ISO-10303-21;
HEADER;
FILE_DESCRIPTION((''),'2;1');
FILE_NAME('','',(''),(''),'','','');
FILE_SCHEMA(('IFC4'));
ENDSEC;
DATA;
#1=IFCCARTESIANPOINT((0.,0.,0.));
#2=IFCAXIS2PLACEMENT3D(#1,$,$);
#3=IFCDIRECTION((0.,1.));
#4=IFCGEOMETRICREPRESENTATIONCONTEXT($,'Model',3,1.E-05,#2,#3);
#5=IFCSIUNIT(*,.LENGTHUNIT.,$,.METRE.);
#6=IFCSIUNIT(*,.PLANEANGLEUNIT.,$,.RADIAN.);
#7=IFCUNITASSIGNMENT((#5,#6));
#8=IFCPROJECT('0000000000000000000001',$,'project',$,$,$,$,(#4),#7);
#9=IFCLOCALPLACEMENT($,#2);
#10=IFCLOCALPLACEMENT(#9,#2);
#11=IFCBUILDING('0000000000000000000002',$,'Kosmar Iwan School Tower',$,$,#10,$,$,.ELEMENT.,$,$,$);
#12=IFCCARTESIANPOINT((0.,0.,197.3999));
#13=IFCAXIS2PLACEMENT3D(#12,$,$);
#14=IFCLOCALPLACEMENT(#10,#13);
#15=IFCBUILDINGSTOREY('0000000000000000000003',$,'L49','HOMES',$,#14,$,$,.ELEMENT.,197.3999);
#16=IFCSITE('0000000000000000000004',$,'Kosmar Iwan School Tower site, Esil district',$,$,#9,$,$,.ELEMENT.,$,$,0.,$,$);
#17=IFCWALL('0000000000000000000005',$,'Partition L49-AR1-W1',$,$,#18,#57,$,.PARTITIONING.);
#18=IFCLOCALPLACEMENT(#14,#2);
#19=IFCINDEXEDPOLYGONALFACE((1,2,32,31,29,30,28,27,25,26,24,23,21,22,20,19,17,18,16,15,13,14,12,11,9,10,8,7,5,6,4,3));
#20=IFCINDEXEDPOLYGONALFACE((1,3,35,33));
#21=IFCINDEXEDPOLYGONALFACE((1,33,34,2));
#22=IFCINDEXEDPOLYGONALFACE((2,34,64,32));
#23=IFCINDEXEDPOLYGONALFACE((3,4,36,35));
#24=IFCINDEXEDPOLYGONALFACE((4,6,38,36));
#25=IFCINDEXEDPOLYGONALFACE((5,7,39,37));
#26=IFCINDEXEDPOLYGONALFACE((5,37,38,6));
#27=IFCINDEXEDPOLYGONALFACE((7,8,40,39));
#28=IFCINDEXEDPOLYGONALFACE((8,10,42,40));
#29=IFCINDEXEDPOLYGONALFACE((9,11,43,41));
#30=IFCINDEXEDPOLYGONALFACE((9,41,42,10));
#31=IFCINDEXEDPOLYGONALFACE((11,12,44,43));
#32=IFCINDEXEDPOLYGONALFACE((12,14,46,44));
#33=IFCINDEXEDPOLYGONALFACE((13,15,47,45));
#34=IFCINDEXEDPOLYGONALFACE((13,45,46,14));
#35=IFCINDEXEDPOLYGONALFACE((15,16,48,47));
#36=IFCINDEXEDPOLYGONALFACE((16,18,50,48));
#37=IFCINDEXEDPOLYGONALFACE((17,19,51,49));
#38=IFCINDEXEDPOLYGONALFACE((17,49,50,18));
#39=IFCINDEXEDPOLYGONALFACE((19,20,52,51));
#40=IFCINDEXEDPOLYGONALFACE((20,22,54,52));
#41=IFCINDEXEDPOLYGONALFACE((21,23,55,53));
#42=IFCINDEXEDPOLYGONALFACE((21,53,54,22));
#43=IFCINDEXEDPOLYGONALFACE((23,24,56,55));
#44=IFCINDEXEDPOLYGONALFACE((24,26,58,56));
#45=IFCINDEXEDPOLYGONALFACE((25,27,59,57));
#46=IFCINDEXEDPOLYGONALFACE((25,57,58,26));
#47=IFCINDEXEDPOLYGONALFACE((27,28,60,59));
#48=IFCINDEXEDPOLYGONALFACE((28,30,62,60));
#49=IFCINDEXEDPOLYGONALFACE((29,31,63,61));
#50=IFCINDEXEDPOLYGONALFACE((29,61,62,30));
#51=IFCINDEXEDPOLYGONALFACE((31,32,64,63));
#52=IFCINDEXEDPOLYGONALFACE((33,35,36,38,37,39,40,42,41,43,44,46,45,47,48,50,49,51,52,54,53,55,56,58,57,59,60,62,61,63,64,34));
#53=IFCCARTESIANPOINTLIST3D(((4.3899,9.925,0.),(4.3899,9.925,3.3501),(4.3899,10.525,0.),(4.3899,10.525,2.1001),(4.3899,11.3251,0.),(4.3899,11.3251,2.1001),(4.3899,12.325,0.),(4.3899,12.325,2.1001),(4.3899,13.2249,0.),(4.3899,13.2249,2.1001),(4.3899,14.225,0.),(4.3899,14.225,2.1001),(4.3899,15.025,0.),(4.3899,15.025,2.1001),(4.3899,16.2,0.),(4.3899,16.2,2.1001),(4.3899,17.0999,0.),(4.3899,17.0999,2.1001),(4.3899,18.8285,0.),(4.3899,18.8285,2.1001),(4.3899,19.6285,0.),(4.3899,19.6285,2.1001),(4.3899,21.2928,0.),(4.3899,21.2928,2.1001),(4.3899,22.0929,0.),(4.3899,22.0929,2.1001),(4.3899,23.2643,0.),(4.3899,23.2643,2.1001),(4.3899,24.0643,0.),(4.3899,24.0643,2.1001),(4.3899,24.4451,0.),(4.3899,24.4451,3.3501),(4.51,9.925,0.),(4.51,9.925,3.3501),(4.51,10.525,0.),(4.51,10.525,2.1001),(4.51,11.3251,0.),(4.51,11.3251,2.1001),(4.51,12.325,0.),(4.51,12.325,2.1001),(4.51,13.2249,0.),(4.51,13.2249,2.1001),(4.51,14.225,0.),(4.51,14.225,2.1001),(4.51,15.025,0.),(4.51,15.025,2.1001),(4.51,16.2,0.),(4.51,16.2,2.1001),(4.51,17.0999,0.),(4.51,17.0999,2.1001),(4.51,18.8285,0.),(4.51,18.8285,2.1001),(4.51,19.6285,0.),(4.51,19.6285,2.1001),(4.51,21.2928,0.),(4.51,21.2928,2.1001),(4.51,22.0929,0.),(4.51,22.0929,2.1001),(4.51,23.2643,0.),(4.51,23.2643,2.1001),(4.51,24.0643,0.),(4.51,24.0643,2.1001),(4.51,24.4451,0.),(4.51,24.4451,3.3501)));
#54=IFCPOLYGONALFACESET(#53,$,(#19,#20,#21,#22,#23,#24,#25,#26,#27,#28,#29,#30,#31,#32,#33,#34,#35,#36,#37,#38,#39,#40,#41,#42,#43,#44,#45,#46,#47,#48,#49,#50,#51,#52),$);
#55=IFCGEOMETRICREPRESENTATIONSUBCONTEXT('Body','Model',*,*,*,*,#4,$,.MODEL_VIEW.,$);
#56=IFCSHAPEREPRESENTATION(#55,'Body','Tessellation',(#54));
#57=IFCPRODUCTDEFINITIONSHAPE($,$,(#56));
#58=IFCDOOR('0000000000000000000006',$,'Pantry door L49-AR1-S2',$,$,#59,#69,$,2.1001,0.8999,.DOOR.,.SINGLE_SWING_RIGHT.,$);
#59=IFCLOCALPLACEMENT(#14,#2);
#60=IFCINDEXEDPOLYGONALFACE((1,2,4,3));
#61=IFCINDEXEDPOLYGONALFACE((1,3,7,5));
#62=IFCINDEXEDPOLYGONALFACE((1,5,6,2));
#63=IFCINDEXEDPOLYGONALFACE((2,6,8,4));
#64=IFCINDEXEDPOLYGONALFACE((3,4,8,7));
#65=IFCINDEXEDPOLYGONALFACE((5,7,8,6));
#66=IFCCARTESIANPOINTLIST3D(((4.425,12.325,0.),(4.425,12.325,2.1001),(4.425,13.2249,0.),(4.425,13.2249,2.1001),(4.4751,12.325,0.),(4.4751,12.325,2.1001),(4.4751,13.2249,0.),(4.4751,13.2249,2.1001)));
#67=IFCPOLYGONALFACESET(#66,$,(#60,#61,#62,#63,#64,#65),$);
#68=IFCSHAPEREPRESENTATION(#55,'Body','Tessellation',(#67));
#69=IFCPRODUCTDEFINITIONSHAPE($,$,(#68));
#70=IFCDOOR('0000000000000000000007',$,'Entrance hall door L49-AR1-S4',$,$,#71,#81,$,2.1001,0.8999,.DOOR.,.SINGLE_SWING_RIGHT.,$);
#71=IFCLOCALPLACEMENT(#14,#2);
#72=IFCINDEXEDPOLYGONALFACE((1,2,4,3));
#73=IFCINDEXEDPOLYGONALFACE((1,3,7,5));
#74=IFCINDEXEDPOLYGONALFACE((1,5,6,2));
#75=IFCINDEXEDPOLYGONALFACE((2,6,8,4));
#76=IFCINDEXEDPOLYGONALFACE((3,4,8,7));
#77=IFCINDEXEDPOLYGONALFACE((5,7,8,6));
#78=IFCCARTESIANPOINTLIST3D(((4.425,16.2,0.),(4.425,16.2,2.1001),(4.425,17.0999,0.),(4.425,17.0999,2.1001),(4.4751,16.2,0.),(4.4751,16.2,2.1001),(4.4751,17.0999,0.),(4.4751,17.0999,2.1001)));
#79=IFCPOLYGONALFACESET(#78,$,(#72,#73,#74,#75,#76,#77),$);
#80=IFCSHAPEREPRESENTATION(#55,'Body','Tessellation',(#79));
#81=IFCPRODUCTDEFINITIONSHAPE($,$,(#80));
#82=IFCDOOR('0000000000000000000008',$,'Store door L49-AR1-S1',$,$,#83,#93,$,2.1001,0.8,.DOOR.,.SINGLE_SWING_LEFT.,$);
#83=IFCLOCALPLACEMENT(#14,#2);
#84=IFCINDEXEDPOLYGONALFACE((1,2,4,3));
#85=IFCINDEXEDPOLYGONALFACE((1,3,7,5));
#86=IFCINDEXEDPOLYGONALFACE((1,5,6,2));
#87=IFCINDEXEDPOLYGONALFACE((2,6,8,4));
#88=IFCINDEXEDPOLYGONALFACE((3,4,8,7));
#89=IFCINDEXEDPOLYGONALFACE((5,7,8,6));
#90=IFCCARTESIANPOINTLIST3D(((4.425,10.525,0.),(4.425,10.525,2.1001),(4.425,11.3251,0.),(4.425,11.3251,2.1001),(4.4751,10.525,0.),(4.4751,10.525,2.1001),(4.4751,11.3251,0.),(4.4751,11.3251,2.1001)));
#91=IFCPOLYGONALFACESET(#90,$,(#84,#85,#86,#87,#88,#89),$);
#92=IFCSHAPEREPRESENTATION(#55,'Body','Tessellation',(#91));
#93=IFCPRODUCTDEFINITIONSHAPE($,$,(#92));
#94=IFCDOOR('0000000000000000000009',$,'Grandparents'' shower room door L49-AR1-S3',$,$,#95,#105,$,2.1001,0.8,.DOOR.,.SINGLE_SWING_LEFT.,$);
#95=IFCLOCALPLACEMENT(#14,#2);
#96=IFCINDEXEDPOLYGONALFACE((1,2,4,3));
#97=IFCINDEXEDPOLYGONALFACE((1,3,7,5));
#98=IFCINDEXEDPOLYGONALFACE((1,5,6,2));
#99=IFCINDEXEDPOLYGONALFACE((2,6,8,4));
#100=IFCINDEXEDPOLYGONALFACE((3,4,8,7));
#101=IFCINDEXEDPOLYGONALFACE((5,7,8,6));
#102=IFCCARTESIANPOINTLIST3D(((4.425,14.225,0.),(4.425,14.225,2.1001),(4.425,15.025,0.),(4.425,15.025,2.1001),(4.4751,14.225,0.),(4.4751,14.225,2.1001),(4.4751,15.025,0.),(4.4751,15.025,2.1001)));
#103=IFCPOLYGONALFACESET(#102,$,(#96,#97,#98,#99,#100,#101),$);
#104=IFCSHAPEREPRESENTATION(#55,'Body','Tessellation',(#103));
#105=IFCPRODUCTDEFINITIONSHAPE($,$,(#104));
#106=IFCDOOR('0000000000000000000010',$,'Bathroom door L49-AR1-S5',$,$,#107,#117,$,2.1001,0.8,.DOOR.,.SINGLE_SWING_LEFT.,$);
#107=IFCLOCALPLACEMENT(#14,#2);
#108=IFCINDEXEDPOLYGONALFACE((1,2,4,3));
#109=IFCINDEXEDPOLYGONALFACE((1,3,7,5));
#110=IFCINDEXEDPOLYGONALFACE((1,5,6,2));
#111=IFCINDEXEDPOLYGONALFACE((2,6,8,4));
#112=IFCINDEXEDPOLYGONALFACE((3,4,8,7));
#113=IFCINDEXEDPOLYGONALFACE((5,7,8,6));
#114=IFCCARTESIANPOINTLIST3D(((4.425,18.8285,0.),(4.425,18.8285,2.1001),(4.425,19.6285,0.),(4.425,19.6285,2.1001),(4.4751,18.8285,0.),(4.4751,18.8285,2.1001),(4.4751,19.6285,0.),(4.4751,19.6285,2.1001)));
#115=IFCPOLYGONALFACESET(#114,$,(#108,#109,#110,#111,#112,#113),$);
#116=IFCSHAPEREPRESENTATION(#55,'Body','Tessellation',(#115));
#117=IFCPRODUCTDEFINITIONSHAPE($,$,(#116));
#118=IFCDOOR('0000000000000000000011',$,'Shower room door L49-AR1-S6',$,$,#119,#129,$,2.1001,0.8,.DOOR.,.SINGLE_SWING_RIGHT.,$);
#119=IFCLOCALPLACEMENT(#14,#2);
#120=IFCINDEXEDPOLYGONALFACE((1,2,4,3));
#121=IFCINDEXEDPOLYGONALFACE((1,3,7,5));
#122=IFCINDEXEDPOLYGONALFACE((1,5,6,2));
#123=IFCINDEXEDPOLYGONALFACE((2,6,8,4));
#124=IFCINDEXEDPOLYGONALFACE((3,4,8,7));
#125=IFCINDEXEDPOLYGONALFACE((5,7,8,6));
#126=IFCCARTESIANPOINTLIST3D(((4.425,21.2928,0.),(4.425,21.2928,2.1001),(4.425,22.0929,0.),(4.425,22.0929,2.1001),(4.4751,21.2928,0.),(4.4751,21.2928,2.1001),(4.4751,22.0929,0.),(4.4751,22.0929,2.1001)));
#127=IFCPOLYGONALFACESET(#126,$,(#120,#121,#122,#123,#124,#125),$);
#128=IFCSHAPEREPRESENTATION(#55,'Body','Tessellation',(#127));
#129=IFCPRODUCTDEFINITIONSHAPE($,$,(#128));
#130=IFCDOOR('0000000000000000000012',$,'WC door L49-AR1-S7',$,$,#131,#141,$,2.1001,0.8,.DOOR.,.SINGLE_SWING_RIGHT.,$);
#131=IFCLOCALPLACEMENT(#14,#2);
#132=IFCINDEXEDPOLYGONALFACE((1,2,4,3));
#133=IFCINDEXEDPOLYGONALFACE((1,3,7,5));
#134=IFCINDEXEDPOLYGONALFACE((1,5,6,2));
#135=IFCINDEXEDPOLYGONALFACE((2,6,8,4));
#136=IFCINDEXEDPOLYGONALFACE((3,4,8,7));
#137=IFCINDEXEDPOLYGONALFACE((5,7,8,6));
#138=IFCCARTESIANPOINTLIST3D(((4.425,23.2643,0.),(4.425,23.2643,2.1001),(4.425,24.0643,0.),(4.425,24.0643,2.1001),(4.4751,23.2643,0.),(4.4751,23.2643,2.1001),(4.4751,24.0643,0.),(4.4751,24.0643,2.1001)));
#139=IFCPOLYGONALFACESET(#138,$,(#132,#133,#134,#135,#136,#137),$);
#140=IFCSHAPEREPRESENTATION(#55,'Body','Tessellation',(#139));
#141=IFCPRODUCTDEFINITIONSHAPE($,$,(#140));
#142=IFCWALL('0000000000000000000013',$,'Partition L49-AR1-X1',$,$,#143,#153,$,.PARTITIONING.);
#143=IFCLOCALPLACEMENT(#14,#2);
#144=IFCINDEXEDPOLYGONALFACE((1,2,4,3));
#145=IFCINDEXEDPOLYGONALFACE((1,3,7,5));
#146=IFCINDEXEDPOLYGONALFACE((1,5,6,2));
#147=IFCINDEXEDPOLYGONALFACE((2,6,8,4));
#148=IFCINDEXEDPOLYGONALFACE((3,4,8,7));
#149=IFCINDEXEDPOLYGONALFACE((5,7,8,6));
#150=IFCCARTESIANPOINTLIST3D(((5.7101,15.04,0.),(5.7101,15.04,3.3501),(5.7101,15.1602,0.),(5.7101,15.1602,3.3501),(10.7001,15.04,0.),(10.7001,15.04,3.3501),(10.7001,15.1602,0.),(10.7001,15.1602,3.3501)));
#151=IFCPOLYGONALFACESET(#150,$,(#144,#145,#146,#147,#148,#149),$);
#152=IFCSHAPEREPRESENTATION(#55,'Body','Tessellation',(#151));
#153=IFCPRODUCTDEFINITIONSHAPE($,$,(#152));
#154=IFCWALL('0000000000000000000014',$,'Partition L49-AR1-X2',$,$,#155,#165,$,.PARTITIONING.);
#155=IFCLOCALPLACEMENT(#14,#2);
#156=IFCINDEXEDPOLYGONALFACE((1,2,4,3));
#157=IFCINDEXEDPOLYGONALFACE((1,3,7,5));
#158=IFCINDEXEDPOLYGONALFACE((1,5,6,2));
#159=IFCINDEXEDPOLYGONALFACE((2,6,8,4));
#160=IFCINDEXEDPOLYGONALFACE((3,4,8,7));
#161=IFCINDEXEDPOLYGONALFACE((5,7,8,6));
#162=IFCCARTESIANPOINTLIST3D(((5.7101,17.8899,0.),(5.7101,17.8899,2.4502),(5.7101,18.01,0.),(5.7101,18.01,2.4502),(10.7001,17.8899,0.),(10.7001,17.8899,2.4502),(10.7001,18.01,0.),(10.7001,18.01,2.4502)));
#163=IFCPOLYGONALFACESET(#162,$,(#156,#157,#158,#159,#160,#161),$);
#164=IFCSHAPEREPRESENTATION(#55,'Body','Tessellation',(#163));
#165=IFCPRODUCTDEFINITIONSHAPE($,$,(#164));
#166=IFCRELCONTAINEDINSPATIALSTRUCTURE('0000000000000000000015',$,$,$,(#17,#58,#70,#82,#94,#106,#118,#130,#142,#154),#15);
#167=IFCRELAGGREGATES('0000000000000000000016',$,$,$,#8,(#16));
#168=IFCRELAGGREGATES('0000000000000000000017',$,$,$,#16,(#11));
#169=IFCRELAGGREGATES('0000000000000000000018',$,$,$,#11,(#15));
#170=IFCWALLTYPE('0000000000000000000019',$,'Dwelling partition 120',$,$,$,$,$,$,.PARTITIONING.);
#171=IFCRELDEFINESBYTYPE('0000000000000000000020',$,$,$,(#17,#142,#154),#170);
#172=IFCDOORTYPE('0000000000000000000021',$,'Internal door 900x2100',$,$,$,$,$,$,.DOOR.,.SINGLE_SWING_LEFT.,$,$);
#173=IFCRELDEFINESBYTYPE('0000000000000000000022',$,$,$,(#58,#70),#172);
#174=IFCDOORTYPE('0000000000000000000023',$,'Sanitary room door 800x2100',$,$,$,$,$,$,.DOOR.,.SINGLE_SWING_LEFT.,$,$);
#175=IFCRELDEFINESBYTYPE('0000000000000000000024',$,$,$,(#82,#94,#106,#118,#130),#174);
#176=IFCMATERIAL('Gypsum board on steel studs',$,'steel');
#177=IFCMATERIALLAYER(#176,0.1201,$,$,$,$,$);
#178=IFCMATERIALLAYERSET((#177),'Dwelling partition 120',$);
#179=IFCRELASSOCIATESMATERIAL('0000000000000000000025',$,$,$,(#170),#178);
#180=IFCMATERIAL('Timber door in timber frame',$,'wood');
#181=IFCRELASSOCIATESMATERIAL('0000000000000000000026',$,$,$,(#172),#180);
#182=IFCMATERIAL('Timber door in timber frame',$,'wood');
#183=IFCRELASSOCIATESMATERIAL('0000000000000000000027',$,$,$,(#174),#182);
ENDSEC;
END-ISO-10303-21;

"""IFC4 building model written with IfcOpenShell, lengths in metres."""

from ifc_helpers import new_model, si_unit, direction, frame, frame_2d, origin, place, context, subcontext, project, spatial, rectangle, extrude, material, layer, layer_set, type_object, element, fill, save


model = new_model("IFC4")

# Units and contexts
model_context = context("Model", 3, precision=1e-05, world=origin(), true_north=direction((0.0, 1.0)))
body_context = subcontext(model_context, "Body", "Model", "MODEL_VIEW")
ifc_project = project(units=[si_unit("LENGTHUNIT", "METRE"), si_unit("PLANEANGLEUNIT", "RADIAN")], contexts=[model_context])

# Site, building, storey
site_placement = place(None, origin())
site = spatial("IfcSite", under=ifc_project, at=site_placement, Name="Kosmar Iwan School Tower site, Esil district", CompositionType="ELEMENT", RefElevation=0.0)
building_placement = place(site_placement, origin())
building = spatial("IfcBuilding", under=site, at=building_placement, Name="Kosmar Iwan School Tower", CompositionType="ELEMENT")
storey_placement = place(building_placement, frame((0.0, 0.0, 197.3999)))
storey = spatial("IfcBuildingStorey", under=building, at=storey_placement, Name="L49", Description="HOMES", CompositionType="ELEMENT", Elevation=197.3999)

# Wall, openings, doors
ifc_material_1 = material(Name="Gypsum board on steel studs", Category="steel")
ifc_layer = layer(ifc_material_1, 0.1201)
ifc_layer_set = layer_set([ifc_layer], Name="Dwelling partition 120")
wall_type = type_object("IfcWallType", Name="Dwelling partition 120", PredefinedType="PARTITIONING", material=ifc_layer_set)
wall_1_placement = place(storey_placement, frame((4.45, 9.925, 0.0), z_axis=(0.0, 0.0, 1.0), x_axis=(0.0, 1.0, 0.0)))
wall_1 = element("IfcWall", 1, at=wall_1_placement, inside=storey, type_object=wall_type, Name="Partition L49-AR1-W1", PredefinedType="PARTITIONING", context=body_context, shape_type="SweptSolid", body=[
    extrude(rectangle(XDim=14.52, YDim=0.1201, at=frame_2d((7.26, 0.0))), origin(), (0.0, 0.0, 1.0), 3.3501),
])
opening_1_placement = place(wall_1_placement, frame((0.6001, 0.0, 0.0)))
opening_1 = element("IfcOpeningElement", 2, at=opening_1_placement, cuts=wall_1, PredefinedType="OPENING", context=body_context, shape_type="SweptSolid", body=[
    extrude(rectangle(XDim=0.8, YDim=2.1001, at=frame_2d((0.3999, 1.05))), frame((0.0, 0.072, 0.0), z_axis=(0.0, -1.0, 0.0), x_axis=(1.0, 0.0, 0.0)), (0.0, 0.0, 1.0), 0.144),
])
opening_2_placement = place(wall_1_placement, frame((2.3999, 0.0, 0.0)))
opening_2 = element("IfcOpeningElement", 3, at=opening_2_placement, cuts=wall_1, PredefinedType="OPENING", context=body_context, shape_type="SweptSolid", body=[
    extrude(rectangle(XDim=0.8999, YDim=2.1001, at=frame_2d((0.45, 1.05))), frame((0.0, 0.072, 0.0), z_axis=(0.0, -1.0, 0.0), x_axis=(1.0, 0.0, 0.0)), (0.0, 0.0, 1.0), 0.144),
])
opening_3_placement = place(wall_1_placement, frame((4.3, 0.0, 0.0)))
opening_3 = element("IfcOpeningElement", 4, at=opening_3_placement, cuts=wall_1, PredefinedType="OPENING", context=body_context, shape_type="SweptSolid", body=[
    extrude(rectangle(XDim=0.8, YDim=2.1001, at=frame_2d((0.3999, 1.05))), frame((0.0, 0.072, 0.0), z_axis=(0.0, -1.0, 0.0), x_axis=(1.0, 0.0, 0.0)), (0.0, 0.0, 1.0), 0.144),
])
opening_4_placement = place(wall_1_placement, frame((6.2749, 0.0, 0.0)))
opening_4 = element("IfcOpeningElement", 5, at=opening_4_placement, cuts=wall_1, PredefinedType="OPENING", context=body_context, shape_type="SweptSolid", body=[
    extrude(rectangle(XDim=0.8999, YDim=2.1001, at=frame_2d((0.45, 1.05))), frame((0.0, 0.072, 0.0), z_axis=(0.0, -1.0, 0.0), x_axis=(1.0, 0.0, 0.0)), (0.0, 0.0, 1.0), 0.144),
])
opening_5_placement = place(wall_1_placement, frame((8.9036, 0.0, 0.0)))
opening_5 = element("IfcOpeningElement", 6, at=opening_5_placement, cuts=wall_1, PredefinedType="OPENING", context=body_context, shape_type="SweptSolid", body=[
    extrude(rectangle(XDim=0.8, YDim=2.1001, at=frame_2d((0.3999, 1.05))), frame((0.0, 0.072, 0.0), z_axis=(0.0, -1.0, 0.0), x_axis=(1.0, 0.0, 0.0)), (0.0, 0.0, 1.0), 0.144),
])
opening_6_placement = place(wall_1_placement, frame((11.3679, 0.0, 0.0)))
opening_6 = element("IfcOpeningElement", 7, at=opening_6_placement, cuts=wall_1, PredefinedType="OPENING", context=body_context, shape_type="SweptSolid", body=[
    extrude(rectangle(XDim=0.8, YDim=2.1001, at=frame_2d((0.3999, 1.05))), frame((0.0, 0.072, 0.0), z_axis=(0.0, -1.0, 0.0), x_axis=(1.0, 0.0, 0.0)), (0.0, 0.0, 1.0), 0.144),
])
opening_7_placement = place(wall_1_placement, frame((13.3394, 0.0, 0.0)))
opening_7 = element("IfcOpeningElement", 8, at=opening_7_placement, cuts=wall_1, PredefinedType="OPENING", context=body_context, shape_type="SweptSolid", body=[
    extrude(rectangle(XDim=0.8, YDim=2.1001, at=frame_2d((0.3999, 1.05))), frame((0.0, 0.072, 0.0), z_axis=(0.0, -1.0, 0.0), x_axis=(1.0, 0.0, 0.0)), (0.0, 0.0, 1.0), 0.144),
])
ifc_material_2 = material(Name="Timber door in timber frame", Category="wood")
door_type_1 = type_object("IfcDoorType", Name="Internal door 900x2100", OperationType="SINGLE_SWING_LEFT", PredefinedType="DOOR", material=ifc_material_2)
door_1_placement = place(opening_2_placement, origin())
door_1 = element("IfcDoor", 9, at=door_1_placement, inside=storey, type_object=door_type_1, Name="Pantry door L49-AR1-S2", OperationType="SINGLE_SWING_RIGHT", OverallHeight=2.1001, OverallWidth=0.8999, PredefinedType="DOOR", context=body_context, shape_type="SweptSolid", body=[
    extrude(rectangle(XDim=0.8999, YDim=2.1001, at=frame_2d((0.45, 1.05))), frame((0.0, 0.0249, 0.0), z_axis=(0.0, -1.0, 0.0), x_axis=(1.0, 0.0, 0.0)), (0.0, 0.0, 1.0), 0.05),
])
fill(opening_2, door_1)
door_2_placement = place(opening_4_placement, origin())
door_2 = element("IfcDoor", 10, at=door_2_placement, inside=storey, type_object=door_type_1, Name="Entrance hall door L49-AR1-S4", OperationType="SINGLE_SWING_RIGHT", OverallHeight=2.1001, OverallWidth=0.8999, PredefinedType="DOOR", context=body_context, shape_type="SweptSolid", body=[
    extrude(rectangle(XDim=0.8999, YDim=2.1001, at=frame_2d((0.45, 1.05))), frame((0.0, 0.0249, 0.0), z_axis=(0.0, -1.0, 0.0), x_axis=(1.0, 0.0, 0.0)), (0.0, 0.0, 1.0), 0.05),
])
fill(opening_4, door_2)
ifc_material_3 = material(Name="Timber door in timber frame", Category="wood")
door_type_2 = type_object("IfcDoorType", Name="Sanitary room door 800x2100", OperationType="SINGLE_SWING_LEFT", PredefinedType="DOOR", material=ifc_material_3)
door_3_placement = place(opening_1_placement, origin())
door_3 = element("IfcDoor", 11, at=door_3_placement, inside=storey, type_object=door_type_2, Name="Store door L49-AR1-S1", OperationType="SINGLE_SWING_LEFT", OverallHeight=2.1001, OverallWidth=0.8, PredefinedType="DOOR", context=body_context, shape_type="SweptSolid", body=[
    extrude(rectangle(XDim=0.8, YDim=2.1001, at=frame_2d((0.3999, 1.05))), frame((0.0, 0.0249, 0.0), z_axis=(0.0, -1.0, 0.0), x_axis=(1.0, 0.0, 0.0)), (0.0, 0.0, 1.0), 0.05),
])
fill(opening_1, door_3)
door_4_placement = place(opening_3_placement, origin())
door_4 = element("IfcDoor", 12, at=door_4_placement, inside=storey, type_object=door_type_2, Name="Grandparents' shower room door L49-AR1-S3", OperationType="SINGLE_SWING_LEFT", OverallHeight=2.1001, OverallWidth=0.8, PredefinedType="DOOR", context=body_context, shape_type="SweptSolid", body=[
    extrude(rectangle(XDim=0.8, YDim=2.1001, at=frame_2d((0.3999, 1.05))), frame((0.0, 0.0249, 0.0), z_axis=(0.0, -1.0, 0.0), x_axis=(1.0, 0.0, 0.0)), (0.0, 0.0, 1.0), 0.05),
])
fill(opening_3, door_4)
door_5_placement = place(opening_5_placement, origin())
door_5 = element("IfcDoor", 13, at=door_5_placement, inside=storey, type_object=door_type_2, Name="Bathroom door L49-AR1-S5", OperationType="SINGLE_SWING_LEFT", OverallHeight=2.1001, OverallWidth=0.8, PredefinedType="DOOR", context=body_context, shape_type="SweptSolid", body=[
    extrude(rectangle(XDim=0.8, YDim=2.1001, at=frame_2d((0.3999, 1.05))), frame((0.0, 0.0249, 0.0), z_axis=(0.0, -1.0, 0.0), x_axis=(1.0, 0.0, 0.0)), (0.0, 0.0, 1.0), 0.05),
])
fill(opening_5, door_5)
door_6_placement = place(opening_6_placement, origin())
door_6 = element("IfcDoor", 14, at=door_6_placement, inside=storey, type_object=door_type_2, Name="Shower room door L49-AR1-S6", OperationType="SINGLE_SWING_RIGHT", OverallHeight=2.1001, OverallWidth=0.8, PredefinedType="DOOR", context=body_context, shape_type="SweptSolid", body=[
    extrude(rectangle(XDim=0.8, YDim=2.1001, at=frame_2d((0.3999, 1.05))), frame((0.0, 0.0249, 0.0), z_axis=(0.0, -1.0, 0.0), x_axis=(1.0, 0.0, 0.0)), (0.0, 0.0, 1.0), 0.05),
])
fill(opening_6, door_6)
door_7_placement = place(opening_7_placement, origin())
door_7 = element("IfcDoor", 15, at=door_7_placement, inside=storey, type_object=door_type_2, Name="WC door L49-AR1-S7", OperationType="SINGLE_SWING_RIGHT", OverallHeight=2.1001, OverallWidth=0.8, PredefinedType="DOOR", context=body_context, shape_type="SweptSolid", body=[
    extrude(rectangle(XDim=0.8, YDim=2.1001, at=frame_2d((0.3999, 1.05))), frame((0.0, 0.0249, 0.0), z_axis=(0.0, -1.0, 0.0), x_axis=(1.0, 0.0, 0.0)), (0.0, 0.0, 1.0), 0.05),
])
fill(opening_7, door_7)

# Walls
wall_2_placement = place(storey_placement, frame((5.71, 15.1001, 0.0), z_axis=(0.0, 0.0, 1.0), x_axis=(1.0, 0.0, 0.0)))
element("IfcWall", 16, at=wall_2_placement, inside=storey, type_object=wall_type, Name="Partition L49-AR1-X1", PredefinedType="PARTITIONING", context=body_context, shape_type="SweptSolid", body=[
    extrude(rectangle(XDim=4.99, YDim=0.1201, at=frame_2d((2.4951, 0.0))), origin(), (0.0, 0.0, 1.0), 3.3501),
])
wall_3_placement = place(storey_placement, frame((5.71, 17.95, 0.0), z_axis=(0.0, 0.0, 1.0), x_axis=(1.0, 0.0, 0.0)))
element("IfcWall", 17, at=wall_3_placement, inside=storey, type_object=wall_type, Name="Partition L49-AR1-X2", PredefinedType="PARTITIONING", context=body_context, shape_type="SweptSolid", body=[
    extrude(rectangle(XDim=4.99, YDim=0.1201, at=frame_2d((2.4951, 0.0))), origin(), (0.0, 0.0, 1.0), 2.4502),
])

save(model, "model.ifc")
